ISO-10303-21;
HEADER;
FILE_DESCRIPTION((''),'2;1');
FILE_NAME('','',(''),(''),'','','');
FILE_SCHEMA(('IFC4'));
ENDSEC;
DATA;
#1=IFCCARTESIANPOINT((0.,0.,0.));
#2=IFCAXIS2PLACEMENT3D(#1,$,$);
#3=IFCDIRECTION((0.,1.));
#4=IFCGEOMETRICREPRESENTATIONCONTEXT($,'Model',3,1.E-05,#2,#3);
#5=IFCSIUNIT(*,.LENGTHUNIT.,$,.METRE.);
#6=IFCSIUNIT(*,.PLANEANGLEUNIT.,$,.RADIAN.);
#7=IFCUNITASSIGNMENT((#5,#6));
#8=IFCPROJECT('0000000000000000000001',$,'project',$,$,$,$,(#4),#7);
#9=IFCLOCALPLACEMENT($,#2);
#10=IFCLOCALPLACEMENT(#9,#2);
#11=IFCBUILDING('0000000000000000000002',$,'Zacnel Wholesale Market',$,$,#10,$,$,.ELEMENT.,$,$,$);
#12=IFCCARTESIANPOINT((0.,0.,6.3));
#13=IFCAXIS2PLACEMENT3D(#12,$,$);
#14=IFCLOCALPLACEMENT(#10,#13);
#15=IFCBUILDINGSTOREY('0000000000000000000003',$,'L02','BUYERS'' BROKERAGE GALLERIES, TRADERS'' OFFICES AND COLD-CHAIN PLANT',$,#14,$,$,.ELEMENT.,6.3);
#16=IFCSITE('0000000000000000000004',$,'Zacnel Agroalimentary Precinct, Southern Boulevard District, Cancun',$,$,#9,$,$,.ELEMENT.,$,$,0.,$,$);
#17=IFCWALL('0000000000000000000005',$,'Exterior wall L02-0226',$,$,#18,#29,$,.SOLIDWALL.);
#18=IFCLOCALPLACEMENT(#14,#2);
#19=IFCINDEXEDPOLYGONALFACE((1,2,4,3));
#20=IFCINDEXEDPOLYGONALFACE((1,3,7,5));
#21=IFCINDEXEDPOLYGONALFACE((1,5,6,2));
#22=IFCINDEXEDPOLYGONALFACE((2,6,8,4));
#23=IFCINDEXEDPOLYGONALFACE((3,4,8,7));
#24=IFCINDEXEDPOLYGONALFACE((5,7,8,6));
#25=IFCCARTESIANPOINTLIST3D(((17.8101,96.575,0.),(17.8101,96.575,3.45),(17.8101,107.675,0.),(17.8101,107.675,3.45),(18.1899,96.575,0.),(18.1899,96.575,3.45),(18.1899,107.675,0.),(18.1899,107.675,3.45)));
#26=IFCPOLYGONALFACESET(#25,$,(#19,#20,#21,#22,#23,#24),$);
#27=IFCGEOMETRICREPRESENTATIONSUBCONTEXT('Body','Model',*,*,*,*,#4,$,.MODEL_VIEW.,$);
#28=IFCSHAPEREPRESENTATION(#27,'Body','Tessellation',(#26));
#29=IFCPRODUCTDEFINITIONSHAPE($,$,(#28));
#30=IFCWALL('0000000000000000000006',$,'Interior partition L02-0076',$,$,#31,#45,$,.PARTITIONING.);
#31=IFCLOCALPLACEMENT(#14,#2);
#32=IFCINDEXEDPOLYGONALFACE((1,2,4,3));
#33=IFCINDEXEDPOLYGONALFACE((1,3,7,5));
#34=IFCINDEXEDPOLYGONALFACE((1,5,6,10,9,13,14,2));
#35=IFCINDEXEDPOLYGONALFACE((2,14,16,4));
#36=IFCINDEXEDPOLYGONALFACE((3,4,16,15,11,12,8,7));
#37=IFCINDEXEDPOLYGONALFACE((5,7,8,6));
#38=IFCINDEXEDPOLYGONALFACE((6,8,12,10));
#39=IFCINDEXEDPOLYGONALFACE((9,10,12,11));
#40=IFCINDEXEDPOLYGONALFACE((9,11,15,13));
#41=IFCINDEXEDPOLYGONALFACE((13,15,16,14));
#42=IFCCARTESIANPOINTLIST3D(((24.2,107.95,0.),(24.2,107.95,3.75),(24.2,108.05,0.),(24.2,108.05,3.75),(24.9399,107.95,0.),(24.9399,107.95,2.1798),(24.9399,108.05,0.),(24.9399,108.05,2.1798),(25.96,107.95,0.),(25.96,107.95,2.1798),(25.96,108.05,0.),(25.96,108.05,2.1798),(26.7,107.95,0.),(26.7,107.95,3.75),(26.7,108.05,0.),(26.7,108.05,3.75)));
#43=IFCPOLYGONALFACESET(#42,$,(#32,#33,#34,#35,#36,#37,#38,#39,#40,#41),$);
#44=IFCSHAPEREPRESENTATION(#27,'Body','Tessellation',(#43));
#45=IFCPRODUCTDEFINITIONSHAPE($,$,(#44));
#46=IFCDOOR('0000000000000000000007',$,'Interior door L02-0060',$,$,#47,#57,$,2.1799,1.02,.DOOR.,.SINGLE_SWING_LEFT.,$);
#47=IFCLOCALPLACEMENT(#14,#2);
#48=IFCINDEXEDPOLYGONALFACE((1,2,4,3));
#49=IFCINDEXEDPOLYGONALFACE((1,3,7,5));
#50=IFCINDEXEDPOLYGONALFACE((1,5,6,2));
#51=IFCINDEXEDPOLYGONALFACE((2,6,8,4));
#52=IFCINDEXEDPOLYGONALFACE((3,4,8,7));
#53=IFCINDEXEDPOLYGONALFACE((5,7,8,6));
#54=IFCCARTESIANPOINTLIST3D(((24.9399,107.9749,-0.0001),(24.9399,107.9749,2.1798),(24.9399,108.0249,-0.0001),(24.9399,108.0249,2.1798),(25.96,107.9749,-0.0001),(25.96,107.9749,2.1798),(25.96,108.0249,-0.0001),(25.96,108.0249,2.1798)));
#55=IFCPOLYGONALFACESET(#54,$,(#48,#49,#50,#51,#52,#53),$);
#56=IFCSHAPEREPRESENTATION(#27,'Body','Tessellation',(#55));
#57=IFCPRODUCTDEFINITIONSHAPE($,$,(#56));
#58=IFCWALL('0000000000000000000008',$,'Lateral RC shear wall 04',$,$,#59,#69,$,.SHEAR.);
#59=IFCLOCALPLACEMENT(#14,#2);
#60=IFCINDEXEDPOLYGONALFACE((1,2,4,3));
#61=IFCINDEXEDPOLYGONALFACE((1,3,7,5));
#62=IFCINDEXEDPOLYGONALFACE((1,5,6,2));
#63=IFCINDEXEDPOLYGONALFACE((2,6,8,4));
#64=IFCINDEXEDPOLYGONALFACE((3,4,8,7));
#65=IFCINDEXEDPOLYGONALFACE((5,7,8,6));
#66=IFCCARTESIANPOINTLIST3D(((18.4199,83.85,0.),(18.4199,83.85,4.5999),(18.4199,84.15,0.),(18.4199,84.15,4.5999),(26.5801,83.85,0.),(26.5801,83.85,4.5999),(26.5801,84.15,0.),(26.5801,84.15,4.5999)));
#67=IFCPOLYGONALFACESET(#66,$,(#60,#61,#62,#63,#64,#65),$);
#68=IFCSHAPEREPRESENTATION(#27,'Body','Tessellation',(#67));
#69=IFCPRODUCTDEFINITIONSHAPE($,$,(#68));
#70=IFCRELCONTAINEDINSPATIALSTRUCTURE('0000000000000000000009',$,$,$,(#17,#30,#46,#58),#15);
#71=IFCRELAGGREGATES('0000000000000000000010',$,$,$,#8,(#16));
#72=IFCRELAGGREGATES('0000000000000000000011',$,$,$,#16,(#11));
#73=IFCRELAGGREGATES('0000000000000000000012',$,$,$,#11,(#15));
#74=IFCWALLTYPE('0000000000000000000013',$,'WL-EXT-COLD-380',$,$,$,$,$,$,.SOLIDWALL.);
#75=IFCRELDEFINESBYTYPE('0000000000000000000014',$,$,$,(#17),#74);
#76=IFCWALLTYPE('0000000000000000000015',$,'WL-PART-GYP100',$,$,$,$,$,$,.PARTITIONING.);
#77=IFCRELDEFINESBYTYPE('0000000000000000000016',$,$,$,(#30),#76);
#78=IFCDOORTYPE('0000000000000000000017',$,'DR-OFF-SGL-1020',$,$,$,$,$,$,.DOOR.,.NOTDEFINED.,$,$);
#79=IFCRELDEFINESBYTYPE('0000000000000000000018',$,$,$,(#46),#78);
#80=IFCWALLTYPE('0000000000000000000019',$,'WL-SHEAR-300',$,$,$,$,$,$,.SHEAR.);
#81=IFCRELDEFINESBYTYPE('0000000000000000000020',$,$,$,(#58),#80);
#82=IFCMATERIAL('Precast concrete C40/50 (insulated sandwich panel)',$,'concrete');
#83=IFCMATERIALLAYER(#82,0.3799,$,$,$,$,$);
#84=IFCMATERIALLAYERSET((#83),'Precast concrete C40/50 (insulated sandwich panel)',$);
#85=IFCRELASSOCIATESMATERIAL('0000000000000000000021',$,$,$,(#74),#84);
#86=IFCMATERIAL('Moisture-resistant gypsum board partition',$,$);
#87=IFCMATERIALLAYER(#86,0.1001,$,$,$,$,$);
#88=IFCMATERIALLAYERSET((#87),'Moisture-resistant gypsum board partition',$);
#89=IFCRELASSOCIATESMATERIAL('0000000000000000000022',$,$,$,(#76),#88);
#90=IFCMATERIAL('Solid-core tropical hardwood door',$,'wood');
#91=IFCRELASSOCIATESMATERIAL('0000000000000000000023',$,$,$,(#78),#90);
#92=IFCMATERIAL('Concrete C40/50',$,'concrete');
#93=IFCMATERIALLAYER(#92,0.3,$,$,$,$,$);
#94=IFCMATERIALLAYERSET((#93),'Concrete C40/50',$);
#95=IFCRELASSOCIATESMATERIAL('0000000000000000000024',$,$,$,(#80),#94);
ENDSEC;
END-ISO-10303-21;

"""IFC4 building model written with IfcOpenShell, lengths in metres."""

from ifc_helpers import new_model, si_unit, direction, frame, frame_2d, origin, place, context, subcontext, project, spatial, rectangle, extrude, material, layer, layer_set, type_object, element, fill, save


model = new_model("IFC4")

# Units and contexts
model_context = context("Model", 3, precision=1e-05, world=origin(), true_north=direction((0.0, 1.0)))
body_context = subcontext(model_context, "Body", "Model", "MODEL_VIEW")
ifc_project = project(units=[si_unit("LENGTHUNIT", "METRE"), si_unit("PLANEANGLEUNIT", "RADIAN")], contexts=[model_context])

# Site, building, storey
site_placement = place(None, origin())
site = spatial("IfcSite", under=ifc_project, at=site_placement, Name="Zacnel Agroalimentary Precinct, Southern Boulevard District, Cancun", CompositionType="ELEMENT", RefElevation=0.0)
building_placement = place(site_placement, origin())
building = spatial("IfcBuilding", under=site, at=building_placement, Name="Zacnel Wholesale Market", CompositionType="ELEMENT")
storey_placement = place(building_placement, frame((0.0, 0.0, 6.3)))
storey = spatial("IfcBuildingStorey", under=building, at=storey_placement, Name="L02", Description="BUYERS' BROKERAGE GALLERIES, TRADERS' OFFICES AND COLD-CHAIN PLANT", CompositionType="ELEMENT", Elevation=6.3)

# Shared definitions
ifc_material_1 = material(Name="Precast concrete C40/50 (insulated sandwich panel)", Category="concrete")
ifc_layer_1 = layer(ifc_material_1, 0.3799)
ifc_layer_set_1 = layer_set([ifc_layer_1], Name="Precast concrete C40/50 (insulated sandwich panel)")
wall_type_1 = type_object("IfcWallType", Name="WL-EXT-COLD-380", PredefinedType="SOLIDWALL", material=ifc_layer_set_1)

# Wall
wall_1_placement = place(storey_placement, frame((18.0, 96.575, 0.0), z_axis=(0.0, 0.0, 1.0), x_axis=(0.0, 1.0, 0.0)))
element("IfcWall", 1, at=wall_1_placement, inside=storey, type_object=wall_type_1, Name="Exterior wall L02-0226", PredefinedType="SOLIDWALL", context=body_context, shape_type="SweptSolid", body=[
    extrude(rectangle(XDim=11.1001, YDim=0.3799, at=frame_2d((5.55, 0.0))), origin(), (0.0, 0.0, 1.0), 3.45),
])

# Wall, opening, door
ifc_material_2 = material(Name="Moisture-resistant gypsum board partition")
ifc_layer_2 = layer(ifc_material_2, 0.1001)
ifc_layer_set_2 = layer_set([ifc_layer_2], Name="Moisture-resistant gypsum board partition")
wall_type_2 = type_object("IfcWallType", Name="WL-PART-GYP100", PredefinedType="PARTITIONING", material=ifc_layer_set_2)
wall_2_placement = place(storey_placement, frame((24.2, 108.0, 0.0), z_axis=(0.0, 0.0, 1.0), x_axis=(1.0, 0.0, 0.0)))
wall_2 = element("IfcWall", 2, at=wall_2_placement, inside=storey, type_object=wall_type_2, Name="Interior partition L02-0076", PredefinedType="PARTITIONING", context=body_context, shape_type="SweptSolid", body=[
    extrude(rectangle(XDim=2.5, YDim=0.1001, at=frame_2d((1.25, 0.0))), origin(), (0.0, 0.0, 1.0), 3.75),
])
opening_1_placement = place(wall_2_placement, frame((0.74, 0.0, 0.0)))
opening_1 = element("IfcOpeningElement", 3, at=opening_1_placement, cuts=wall_2, PredefinedType="OPENING", context=body_context, shape_type="SweptSolid", body=[
    extrude(rectangle(XDim=1.02, YDim=2.1799, at=frame_2d((0.51, 1.0898))), frame((0.0, 0.0601, 0.0), z_axis=(0.0, -1.0, 0.0), x_axis=(1.0, 0.0, 0.0)), (0.0, 0.0, 1.0), 0.1201),
])
ifc_material_3 = material(Name="Solid-core tropical hardwood door", Category="wood")
door_type_1 = type_object("IfcDoorType", Name="DR-OFF-SGL-1020", OperationType="NOTDEFINED", PredefinedType="DOOR", material=ifc_material_3)
door_1_placement = place(opening_1_placement, origin())
door_1 = element("IfcDoor", 4, at=door_1_placement, inside=storey, type_object=door_type_1, Name="Interior door L02-0060", OperationType="SINGLE_SWING_LEFT", OverallHeight=2.1799, OverallWidth=1.02, PredefinedType="DOOR", context=body_context, shape_type="SweptSolid", body=[
    extrude(rectangle(XDim=1.02, YDim=2.1799, at=frame_2d((0.51, 1.0898))), frame((0.0, 0.0249, 0.0), z_axis=(0.0, -1.0, 0.0), x_axis=(1.0, 0.0, 0.0)), (0.0, 0.0, 1.0), 0.05),
])
fill(opening_1, door_1)

# Wall
ifc_material_4 = material(Name="Concrete C40/50", Category="concrete")
ifc_layer_3 = layer(ifc_material_4, 0.3)
ifc_layer_set_3 = layer_set([ifc_layer_3], Name="Concrete C40/50")
wall_type_3 = type_object("IfcWallType", Name="WL-SHEAR-300", PredefinedType="SHEAR", material=ifc_layer_set_3)
wall_3_placement = place(storey_placement, frame((18.4199, 84.0, 0.0), z_axis=(0.0, 0.0, 1.0), x_axis=(1.0, 0.0, 0.0)))
element("IfcWall", 5, at=wall_3_placement, inside=storey, type_object=wall_type_3, Name="Lateral RC shear wall 04", PredefinedType="SHEAR", context=body_context, shape_type="SweptSolid", body=[
    extrude(rectangle(XDim=8.1602, YDim=0.3, at=frame_2d((4.0801, 0.0))), origin(), (0.0, 0.0, 1.0), 4.5999),
])

save(model, "model.ifc")
